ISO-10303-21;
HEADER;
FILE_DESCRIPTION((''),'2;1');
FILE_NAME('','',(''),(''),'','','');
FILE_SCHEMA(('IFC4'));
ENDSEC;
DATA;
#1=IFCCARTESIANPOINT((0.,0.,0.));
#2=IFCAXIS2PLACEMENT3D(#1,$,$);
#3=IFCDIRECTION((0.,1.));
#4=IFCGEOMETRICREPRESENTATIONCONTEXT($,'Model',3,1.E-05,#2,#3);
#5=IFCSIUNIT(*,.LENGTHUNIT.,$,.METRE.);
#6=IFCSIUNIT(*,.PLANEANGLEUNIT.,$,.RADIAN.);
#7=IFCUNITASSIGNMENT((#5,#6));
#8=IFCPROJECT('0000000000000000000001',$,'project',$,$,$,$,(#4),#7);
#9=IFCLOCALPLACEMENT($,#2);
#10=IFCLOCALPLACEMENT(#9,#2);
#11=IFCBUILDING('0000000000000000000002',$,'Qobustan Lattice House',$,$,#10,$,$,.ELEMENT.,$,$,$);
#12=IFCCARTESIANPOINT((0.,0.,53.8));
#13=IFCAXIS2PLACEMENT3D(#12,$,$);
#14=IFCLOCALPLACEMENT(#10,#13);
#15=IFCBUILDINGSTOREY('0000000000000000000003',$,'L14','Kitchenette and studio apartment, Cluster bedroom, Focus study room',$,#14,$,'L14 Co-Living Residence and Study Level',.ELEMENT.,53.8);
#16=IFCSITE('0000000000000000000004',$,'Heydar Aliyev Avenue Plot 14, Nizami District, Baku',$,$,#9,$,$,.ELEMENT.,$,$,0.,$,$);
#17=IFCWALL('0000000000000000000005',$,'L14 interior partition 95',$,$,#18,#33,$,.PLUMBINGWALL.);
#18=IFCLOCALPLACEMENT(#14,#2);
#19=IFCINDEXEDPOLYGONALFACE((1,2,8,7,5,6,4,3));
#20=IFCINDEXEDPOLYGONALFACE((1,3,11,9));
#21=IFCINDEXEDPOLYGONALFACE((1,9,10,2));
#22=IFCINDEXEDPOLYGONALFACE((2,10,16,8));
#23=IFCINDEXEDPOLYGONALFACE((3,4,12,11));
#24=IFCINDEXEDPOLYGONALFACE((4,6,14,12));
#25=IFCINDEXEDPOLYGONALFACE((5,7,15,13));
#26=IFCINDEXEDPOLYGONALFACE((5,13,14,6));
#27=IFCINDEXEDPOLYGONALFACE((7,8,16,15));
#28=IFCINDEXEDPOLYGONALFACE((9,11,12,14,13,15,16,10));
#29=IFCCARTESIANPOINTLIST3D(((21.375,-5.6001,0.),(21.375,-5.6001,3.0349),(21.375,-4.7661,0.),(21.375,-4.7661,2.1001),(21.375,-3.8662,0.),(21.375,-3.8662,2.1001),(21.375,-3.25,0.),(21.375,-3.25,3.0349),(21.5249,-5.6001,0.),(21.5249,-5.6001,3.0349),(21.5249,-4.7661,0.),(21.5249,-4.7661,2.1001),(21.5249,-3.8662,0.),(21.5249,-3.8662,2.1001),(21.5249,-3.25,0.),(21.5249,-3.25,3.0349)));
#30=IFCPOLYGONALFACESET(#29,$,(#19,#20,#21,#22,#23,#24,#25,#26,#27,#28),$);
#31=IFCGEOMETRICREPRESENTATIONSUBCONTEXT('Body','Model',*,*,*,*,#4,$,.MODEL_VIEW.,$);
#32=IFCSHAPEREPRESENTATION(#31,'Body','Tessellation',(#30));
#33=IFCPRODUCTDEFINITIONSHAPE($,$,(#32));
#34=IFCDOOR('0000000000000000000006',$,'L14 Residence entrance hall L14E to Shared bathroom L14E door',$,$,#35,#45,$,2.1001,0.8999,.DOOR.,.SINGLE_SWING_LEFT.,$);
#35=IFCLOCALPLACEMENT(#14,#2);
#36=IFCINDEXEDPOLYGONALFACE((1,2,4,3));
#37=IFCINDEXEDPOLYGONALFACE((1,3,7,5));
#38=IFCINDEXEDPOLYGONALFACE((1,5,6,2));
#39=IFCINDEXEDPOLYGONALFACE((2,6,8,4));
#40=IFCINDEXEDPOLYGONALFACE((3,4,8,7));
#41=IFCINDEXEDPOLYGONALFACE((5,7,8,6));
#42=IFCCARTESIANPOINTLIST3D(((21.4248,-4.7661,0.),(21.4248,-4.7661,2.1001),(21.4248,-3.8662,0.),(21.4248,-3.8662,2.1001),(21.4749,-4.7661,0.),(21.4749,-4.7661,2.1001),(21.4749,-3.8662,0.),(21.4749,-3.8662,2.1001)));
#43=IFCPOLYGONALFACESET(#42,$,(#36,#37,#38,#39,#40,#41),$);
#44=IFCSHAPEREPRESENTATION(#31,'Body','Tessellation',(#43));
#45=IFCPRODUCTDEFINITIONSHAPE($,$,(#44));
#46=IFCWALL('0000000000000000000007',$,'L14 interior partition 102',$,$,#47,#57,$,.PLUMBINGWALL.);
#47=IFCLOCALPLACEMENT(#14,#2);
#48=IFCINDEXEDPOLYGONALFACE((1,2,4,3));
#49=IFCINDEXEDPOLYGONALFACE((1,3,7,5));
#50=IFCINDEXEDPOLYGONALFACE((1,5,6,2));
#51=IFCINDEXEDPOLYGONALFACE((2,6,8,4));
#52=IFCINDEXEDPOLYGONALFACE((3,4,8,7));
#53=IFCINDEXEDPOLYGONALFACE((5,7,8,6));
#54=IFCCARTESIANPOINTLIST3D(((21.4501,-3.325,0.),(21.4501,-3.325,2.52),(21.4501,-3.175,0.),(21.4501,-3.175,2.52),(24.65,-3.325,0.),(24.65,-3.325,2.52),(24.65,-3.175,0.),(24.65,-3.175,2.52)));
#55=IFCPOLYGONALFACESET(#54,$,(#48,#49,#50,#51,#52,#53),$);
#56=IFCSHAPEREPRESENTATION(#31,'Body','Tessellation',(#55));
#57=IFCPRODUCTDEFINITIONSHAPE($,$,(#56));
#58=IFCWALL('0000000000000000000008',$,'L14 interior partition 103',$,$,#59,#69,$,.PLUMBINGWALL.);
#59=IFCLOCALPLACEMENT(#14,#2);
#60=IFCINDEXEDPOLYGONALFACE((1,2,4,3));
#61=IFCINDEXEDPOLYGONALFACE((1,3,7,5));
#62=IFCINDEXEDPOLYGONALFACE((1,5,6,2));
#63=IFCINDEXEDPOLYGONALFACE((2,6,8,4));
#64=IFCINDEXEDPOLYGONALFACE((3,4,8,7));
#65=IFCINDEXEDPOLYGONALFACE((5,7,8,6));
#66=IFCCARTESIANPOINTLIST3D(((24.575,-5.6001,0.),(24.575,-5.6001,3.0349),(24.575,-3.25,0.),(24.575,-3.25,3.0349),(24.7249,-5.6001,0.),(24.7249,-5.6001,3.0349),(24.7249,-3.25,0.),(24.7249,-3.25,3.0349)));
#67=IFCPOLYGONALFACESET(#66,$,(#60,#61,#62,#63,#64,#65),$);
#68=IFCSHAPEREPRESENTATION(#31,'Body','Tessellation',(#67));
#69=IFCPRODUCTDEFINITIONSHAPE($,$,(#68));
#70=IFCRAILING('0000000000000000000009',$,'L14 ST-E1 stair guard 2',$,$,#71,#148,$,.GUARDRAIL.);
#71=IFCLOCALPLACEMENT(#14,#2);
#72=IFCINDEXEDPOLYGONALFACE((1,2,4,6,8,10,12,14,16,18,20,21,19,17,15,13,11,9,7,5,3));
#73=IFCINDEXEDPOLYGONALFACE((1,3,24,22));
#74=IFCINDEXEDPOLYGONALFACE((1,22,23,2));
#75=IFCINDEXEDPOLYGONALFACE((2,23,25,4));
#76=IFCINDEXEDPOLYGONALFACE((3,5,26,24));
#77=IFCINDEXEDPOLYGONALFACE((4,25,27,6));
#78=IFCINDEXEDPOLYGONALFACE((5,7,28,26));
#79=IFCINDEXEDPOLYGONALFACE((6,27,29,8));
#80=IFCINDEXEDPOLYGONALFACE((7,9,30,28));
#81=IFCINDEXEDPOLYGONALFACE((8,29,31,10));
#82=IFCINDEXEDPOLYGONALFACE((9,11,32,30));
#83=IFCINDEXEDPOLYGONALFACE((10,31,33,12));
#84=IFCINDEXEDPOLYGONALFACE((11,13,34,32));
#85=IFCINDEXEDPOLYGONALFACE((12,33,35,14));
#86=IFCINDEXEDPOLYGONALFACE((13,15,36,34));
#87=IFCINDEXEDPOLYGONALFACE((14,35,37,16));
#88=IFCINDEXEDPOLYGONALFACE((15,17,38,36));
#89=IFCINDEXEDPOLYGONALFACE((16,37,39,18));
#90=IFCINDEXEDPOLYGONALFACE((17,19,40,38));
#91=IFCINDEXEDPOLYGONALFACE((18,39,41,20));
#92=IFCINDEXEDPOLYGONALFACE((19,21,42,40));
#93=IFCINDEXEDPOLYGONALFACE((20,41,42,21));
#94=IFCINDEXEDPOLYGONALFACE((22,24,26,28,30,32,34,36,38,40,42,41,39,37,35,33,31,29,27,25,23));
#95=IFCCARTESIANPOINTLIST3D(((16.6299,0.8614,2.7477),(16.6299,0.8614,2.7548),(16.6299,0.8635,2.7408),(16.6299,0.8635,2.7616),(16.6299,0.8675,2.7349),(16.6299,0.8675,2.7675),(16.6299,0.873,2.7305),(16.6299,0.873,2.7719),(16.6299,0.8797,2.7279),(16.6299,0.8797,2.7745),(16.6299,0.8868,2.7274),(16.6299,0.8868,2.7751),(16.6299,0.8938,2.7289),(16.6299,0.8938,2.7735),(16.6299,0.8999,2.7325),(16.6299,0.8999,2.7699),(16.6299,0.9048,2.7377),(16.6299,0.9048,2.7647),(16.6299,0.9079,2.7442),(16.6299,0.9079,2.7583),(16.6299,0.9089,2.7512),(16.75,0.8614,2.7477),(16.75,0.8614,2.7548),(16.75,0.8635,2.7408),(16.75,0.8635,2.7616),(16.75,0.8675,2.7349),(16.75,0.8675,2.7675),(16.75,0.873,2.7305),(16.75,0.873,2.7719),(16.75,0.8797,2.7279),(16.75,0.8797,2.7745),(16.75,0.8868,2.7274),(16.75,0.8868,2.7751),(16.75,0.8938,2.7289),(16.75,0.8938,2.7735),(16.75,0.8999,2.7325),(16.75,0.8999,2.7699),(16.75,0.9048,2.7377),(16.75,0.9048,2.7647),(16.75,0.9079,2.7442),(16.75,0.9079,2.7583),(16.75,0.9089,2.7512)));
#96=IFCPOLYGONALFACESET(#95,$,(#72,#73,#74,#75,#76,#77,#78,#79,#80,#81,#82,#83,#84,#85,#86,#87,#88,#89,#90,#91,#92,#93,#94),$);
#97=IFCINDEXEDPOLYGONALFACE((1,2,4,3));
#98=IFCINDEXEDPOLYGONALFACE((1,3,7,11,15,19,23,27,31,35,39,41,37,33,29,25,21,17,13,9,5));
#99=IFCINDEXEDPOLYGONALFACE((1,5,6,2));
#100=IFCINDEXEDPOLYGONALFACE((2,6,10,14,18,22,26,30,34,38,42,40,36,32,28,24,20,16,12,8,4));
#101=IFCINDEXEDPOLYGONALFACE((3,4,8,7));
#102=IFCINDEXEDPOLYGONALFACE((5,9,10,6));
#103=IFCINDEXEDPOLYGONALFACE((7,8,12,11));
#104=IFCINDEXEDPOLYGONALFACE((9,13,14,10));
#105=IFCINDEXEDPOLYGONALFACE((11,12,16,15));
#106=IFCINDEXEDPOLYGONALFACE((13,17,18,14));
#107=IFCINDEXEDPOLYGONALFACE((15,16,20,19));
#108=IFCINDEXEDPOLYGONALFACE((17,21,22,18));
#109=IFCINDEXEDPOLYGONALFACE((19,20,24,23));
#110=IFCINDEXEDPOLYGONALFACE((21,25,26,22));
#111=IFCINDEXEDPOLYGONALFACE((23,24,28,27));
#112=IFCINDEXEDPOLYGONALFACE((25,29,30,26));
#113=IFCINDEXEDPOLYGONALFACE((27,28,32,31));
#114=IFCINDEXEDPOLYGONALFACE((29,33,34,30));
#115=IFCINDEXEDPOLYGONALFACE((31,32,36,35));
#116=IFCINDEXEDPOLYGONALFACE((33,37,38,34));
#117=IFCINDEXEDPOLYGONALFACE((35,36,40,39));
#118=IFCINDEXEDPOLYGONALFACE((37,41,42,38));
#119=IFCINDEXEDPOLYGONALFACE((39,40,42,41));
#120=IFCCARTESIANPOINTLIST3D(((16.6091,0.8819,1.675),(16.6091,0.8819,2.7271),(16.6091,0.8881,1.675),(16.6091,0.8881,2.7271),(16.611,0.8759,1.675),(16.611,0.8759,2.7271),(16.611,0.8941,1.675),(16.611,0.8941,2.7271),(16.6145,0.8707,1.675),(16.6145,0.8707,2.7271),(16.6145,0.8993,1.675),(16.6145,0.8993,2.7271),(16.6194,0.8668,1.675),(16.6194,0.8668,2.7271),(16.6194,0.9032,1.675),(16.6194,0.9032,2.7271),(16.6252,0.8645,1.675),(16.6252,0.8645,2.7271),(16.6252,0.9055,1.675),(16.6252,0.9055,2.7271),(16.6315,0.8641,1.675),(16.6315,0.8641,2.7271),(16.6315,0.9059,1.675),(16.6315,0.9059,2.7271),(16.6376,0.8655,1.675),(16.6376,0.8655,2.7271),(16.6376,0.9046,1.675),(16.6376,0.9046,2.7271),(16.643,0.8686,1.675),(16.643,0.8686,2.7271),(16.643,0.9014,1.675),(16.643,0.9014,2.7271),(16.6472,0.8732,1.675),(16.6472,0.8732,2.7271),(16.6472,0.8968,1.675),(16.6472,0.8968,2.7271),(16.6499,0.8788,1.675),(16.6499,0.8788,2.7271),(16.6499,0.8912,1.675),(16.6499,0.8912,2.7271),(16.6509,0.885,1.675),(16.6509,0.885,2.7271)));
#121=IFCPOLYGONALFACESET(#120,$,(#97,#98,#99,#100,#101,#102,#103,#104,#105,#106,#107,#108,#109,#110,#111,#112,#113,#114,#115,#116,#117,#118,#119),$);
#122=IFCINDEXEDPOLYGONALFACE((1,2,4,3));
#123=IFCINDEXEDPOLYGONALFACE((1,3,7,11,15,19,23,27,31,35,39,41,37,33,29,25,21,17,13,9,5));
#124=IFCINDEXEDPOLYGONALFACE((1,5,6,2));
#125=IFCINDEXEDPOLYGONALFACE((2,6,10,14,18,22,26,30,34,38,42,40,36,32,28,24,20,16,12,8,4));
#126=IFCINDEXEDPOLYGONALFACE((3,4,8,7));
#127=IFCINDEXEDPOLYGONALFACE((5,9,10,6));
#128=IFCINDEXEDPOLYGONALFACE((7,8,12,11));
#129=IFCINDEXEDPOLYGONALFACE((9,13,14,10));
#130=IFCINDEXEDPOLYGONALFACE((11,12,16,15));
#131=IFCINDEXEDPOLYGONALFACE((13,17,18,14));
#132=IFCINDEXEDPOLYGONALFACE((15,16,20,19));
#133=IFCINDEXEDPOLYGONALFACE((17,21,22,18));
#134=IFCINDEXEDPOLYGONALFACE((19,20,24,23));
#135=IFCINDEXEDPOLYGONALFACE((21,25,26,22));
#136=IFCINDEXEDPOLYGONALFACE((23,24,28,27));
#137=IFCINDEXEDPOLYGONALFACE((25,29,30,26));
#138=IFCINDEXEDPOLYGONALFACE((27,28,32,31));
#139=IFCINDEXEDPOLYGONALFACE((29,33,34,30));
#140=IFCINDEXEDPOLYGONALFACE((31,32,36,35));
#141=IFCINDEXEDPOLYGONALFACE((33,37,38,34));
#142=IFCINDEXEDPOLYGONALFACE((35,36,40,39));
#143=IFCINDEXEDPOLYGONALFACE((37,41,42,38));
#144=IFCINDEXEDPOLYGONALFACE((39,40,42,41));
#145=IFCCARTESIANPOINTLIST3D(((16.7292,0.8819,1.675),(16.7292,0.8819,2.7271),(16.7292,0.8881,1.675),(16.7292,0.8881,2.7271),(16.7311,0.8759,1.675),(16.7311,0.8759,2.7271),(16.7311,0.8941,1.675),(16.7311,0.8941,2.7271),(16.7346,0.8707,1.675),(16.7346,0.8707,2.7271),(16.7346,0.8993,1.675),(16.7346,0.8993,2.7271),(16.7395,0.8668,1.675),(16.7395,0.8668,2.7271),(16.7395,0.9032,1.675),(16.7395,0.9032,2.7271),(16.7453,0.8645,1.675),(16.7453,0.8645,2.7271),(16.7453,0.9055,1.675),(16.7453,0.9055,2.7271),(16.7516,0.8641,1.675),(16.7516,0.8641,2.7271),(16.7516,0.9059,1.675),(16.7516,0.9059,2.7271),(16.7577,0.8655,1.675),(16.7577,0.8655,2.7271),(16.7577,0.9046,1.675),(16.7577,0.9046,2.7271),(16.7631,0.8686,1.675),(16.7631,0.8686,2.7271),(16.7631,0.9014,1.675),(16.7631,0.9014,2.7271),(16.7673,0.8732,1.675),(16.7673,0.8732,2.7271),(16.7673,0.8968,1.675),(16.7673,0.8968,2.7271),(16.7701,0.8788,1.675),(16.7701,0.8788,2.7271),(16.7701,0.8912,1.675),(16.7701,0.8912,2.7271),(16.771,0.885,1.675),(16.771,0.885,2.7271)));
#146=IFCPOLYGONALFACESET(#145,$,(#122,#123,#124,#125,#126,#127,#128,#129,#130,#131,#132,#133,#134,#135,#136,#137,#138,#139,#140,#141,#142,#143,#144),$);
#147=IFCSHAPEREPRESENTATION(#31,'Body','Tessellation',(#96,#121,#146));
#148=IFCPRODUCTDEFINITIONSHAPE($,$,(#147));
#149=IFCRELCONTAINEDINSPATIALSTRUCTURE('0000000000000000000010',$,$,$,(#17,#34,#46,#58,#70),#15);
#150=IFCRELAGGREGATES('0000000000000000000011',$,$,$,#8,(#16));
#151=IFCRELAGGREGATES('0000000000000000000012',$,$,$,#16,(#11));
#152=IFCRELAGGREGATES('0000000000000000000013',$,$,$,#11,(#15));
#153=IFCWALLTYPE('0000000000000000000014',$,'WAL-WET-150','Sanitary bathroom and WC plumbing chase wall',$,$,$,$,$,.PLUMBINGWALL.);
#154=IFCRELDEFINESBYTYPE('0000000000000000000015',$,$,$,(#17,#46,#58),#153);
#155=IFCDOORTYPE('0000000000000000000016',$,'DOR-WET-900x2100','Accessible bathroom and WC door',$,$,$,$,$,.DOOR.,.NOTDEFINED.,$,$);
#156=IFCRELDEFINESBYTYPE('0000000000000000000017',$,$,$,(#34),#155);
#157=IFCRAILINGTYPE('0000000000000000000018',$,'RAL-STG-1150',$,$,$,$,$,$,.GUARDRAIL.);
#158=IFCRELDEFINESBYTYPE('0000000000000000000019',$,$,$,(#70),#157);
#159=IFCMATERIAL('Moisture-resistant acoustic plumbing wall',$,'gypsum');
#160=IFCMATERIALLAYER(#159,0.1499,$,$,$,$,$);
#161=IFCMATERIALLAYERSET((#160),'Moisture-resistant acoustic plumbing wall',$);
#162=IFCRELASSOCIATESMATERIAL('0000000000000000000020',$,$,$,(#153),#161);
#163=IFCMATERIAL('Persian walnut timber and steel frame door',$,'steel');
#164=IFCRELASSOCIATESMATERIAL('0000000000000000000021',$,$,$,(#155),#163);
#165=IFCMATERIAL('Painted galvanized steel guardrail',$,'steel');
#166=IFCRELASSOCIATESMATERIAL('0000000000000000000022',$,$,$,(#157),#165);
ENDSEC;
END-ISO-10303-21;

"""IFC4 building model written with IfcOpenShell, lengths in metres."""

from ifc_helpers import new_model, si_unit, direction, frame, frame_2d, origin, origin_2d, place, context, subcontext, project, spatial, rectangle, circle, extrude, material, layer, layer_set, type_object, element, fill, save


model = new_model("IFC4")

# Units and contexts
model_context = context("Model", 3, precision=1e-05, world=origin(), true_north=direction((0.0, 1.0)))
body_context = subcontext(model_context, "Body", "Model", "MODEL_VIEW")
ifc_project = project(units=[si_unit("LENGTHUNIT", "METRE"), si_unit("PLANEANGLEUNIT", "RADIAN")], contexts=[model_context])

# Site, building, storey
site_placement = place(None, origin())
site = spatial("IfcSite", under=ifc_project, at=site_placement, Name="Heydar Aliyev Avenue Plot 14, Nizami District, Baku", CompositionType="ELEMENT", RefElevation=0.0)
building_placement = place(site_placement, origin())
building = spatial("IfcBuilding", under=site, at=building_placement, Name="Qobustan Lattice House", CompositionType="ELEMENT")
storey_placement = place(building_placement, frame((0.0, 0.0, 53.8)))
storey = spatial("IfcBuildingStorey", under=building, at=storey_placement, Name="L14", Description="Kitchenette and studio apartment, Cluster bedroom, Focus study room", LongName="L14 Co-Living Residence and Study Level", CompositionType="ELEMENT", Elevation=53.8)

# Shared definitions
ifc_material_1 = material(Name="Moisture-resistant acoustic plumbing wall", Category="gypsum")
ifc_layer_1 = layer(ifc_material_1, 0.1499)
ifc_layer_set_1 = layer_set([ifc_layer_1], Name="Moisture-resistant acoustic plumbing wall")
wall_type_1 = type_object("IfcWallType", Name="WAL-WET-150", Description="Sanitary bathroom and WC plumbing chase wall", PredefinedType="PLUMBINGWALL", material=ifc_layer_set_1)

# Wall, opening, door
wall_1_placement = place(storey_placement, frame((21.45, -3.25, 0.0), z_axis=(0.0, 0.0, 1.0), x_axis=(0.0, -1.0, 0.0)))
wall_1 = element("IfcWall", 1, at=wall_1_placement, inside=storey, type_object=wall_type_1, Name="L14 interior partition 95", PredefinedType="PLUMBINGWALL", context=body_context, shape_type="SweptSolid", body=[
    extrude(rectangle(XDim=2.3501, YDim=0.1499, at=frame_2d((1.175, 0.0))), origin(), (0.0, 0.0, 1.0), 3.0349),
])
opening_1_placement = place(wall_1_placement, frame((0.6162, 0.0, 0.0)))
opening_1 = element("IfcOpeningElement", 2, at=opening_1_placement, cuts=wall_1, PredefinedType="OPENING", context=body_context, shape_type="SweptSolid", body=[
    extrude(rectangle(XDim=0.8999, YDim=2.1001, at=frame_2d((0.45, 1.05))), frame((0.0, 0.085, 0.0), z_axis=(0.0, -1.0, 0.0), x_axis=(1.0, 0.0, 0.0)), (0.0, 0.0, 1.0), 0.1699),
])
ifc_material_2 = material(Name="Persian walnut timber and steel frame door", Category="steel")
door_type_1 = type_object("IfcDoorType", Name="DOR-WET-900x2100", Description="Accessible bathroom and WC door", OperationType="NOTDEFINED", PredefinedType="DOOR", material=ifc_material_2)
door_1_placement = place(opening_1_placement, origin())
door_1 = element("IfcDoor", 3, at=door_1_placement, inside=storey, type_object=door_type_1, Name="L14 Residence entrance hall L14E to Shared bathroom L14E door", OperationType="SINGLE_SWING_LEFT", OverallHeight=2.1001, OverallWidth=0.8999, PredefinedType="DOOR", context=body_context, shape_type="SweptSolid", body=[
    extrude(rectangle(XDim=0.8999, YDim=2.1001, at=frame_2d((0.45, 1.05))), frame((0.0, 0.0249, 0.0), z_axis=(0.0, -1.0, 0.0), x_axis=(1.0, 0.0, 0.0)), (0.0, 0.0, 1.0), 0.05),
])
fill(opening_1, door_1)

# Walls
wall_2_placement = place(storey_placement, frame((21.45, -3.25, 0.0), z_axis=(0.0, 0.0, 1.0), x_axis=(1.0, 0.0, 0.0)))
element("IfcWall", 4, at=wall_2_placement, inside=storey, type_object=wall_type_1, Name="L14 interior partition 102", PredefinedType="PLUMBINGWALL", context=body_context, shape_type="SweptSolid", body=[
    extrude(rectangle(XDim=3.2, YDim=0.1499, at=frame_2d((1.6001, 0.0))), origin(), (0.0, 0.0, 1.0), 2.52),
])
wall_3_placement = place(storey_placement, frame((24.6499, -3.25, 0.0), z_axis=(0.0, 0.0, 1.0), x_axis=(0.0, -1.0, 0.0)))
element("IfcWall", 5, at=wall_3_placement, inside=storey, type_object=wall_type_1, Name="L14 interior partition 103", PredefinedType="PLUMBINGWALL", context=body_context, shape_type="SweptSolid", body=[
    extrude(rectangle(XDim=2.3501, YDim=0.1499, at=frame_2d((1.175, 0.0))), origin(), (0.0, 0.0, 1.0), 3.0349),
])

# Railing
ifc_material_3 = material(Name="Painted galvanized steel guardrail", Category="steel")
railing_type = type_object("IfcRailingType", Name="RAL-STG-1150", PredefinedType="GUARDRAIL", material=ifc_material_3)
railing_placement = place(storey_placement, frame((16.6299, 0.885, 1.675)))
element("IfcRailing", 6, at=railing_placement, inside=storey, type_object=railing_type, Name="L14 ST-E1 stair guard 2", PredefinedType="GUARDRAIL", context=body_context, shape_type="SweptSolid", body=[
    extrude(circle(Radius=0.0239, at=origin_2d()), frame((0.0, 0.0, 1.0762), z_axis=(1.0, 0.0, 0.0), x_axis=(0.0, 1.0, 0.0)), (0.0, 0.0, 1.0), 0.1201),
    extrude(circle(Radius=0.021, at=origin_2d()), origin(), (0.0, 0.0, 1.0), 1.052),
    extrude(circle(Radius=0.021, at=origin_2d()), frame((0.1201, 0.0, 0.0)), (0.0, 0.0, 1.0), 1.052),
])

save(model, "model.ifc")
